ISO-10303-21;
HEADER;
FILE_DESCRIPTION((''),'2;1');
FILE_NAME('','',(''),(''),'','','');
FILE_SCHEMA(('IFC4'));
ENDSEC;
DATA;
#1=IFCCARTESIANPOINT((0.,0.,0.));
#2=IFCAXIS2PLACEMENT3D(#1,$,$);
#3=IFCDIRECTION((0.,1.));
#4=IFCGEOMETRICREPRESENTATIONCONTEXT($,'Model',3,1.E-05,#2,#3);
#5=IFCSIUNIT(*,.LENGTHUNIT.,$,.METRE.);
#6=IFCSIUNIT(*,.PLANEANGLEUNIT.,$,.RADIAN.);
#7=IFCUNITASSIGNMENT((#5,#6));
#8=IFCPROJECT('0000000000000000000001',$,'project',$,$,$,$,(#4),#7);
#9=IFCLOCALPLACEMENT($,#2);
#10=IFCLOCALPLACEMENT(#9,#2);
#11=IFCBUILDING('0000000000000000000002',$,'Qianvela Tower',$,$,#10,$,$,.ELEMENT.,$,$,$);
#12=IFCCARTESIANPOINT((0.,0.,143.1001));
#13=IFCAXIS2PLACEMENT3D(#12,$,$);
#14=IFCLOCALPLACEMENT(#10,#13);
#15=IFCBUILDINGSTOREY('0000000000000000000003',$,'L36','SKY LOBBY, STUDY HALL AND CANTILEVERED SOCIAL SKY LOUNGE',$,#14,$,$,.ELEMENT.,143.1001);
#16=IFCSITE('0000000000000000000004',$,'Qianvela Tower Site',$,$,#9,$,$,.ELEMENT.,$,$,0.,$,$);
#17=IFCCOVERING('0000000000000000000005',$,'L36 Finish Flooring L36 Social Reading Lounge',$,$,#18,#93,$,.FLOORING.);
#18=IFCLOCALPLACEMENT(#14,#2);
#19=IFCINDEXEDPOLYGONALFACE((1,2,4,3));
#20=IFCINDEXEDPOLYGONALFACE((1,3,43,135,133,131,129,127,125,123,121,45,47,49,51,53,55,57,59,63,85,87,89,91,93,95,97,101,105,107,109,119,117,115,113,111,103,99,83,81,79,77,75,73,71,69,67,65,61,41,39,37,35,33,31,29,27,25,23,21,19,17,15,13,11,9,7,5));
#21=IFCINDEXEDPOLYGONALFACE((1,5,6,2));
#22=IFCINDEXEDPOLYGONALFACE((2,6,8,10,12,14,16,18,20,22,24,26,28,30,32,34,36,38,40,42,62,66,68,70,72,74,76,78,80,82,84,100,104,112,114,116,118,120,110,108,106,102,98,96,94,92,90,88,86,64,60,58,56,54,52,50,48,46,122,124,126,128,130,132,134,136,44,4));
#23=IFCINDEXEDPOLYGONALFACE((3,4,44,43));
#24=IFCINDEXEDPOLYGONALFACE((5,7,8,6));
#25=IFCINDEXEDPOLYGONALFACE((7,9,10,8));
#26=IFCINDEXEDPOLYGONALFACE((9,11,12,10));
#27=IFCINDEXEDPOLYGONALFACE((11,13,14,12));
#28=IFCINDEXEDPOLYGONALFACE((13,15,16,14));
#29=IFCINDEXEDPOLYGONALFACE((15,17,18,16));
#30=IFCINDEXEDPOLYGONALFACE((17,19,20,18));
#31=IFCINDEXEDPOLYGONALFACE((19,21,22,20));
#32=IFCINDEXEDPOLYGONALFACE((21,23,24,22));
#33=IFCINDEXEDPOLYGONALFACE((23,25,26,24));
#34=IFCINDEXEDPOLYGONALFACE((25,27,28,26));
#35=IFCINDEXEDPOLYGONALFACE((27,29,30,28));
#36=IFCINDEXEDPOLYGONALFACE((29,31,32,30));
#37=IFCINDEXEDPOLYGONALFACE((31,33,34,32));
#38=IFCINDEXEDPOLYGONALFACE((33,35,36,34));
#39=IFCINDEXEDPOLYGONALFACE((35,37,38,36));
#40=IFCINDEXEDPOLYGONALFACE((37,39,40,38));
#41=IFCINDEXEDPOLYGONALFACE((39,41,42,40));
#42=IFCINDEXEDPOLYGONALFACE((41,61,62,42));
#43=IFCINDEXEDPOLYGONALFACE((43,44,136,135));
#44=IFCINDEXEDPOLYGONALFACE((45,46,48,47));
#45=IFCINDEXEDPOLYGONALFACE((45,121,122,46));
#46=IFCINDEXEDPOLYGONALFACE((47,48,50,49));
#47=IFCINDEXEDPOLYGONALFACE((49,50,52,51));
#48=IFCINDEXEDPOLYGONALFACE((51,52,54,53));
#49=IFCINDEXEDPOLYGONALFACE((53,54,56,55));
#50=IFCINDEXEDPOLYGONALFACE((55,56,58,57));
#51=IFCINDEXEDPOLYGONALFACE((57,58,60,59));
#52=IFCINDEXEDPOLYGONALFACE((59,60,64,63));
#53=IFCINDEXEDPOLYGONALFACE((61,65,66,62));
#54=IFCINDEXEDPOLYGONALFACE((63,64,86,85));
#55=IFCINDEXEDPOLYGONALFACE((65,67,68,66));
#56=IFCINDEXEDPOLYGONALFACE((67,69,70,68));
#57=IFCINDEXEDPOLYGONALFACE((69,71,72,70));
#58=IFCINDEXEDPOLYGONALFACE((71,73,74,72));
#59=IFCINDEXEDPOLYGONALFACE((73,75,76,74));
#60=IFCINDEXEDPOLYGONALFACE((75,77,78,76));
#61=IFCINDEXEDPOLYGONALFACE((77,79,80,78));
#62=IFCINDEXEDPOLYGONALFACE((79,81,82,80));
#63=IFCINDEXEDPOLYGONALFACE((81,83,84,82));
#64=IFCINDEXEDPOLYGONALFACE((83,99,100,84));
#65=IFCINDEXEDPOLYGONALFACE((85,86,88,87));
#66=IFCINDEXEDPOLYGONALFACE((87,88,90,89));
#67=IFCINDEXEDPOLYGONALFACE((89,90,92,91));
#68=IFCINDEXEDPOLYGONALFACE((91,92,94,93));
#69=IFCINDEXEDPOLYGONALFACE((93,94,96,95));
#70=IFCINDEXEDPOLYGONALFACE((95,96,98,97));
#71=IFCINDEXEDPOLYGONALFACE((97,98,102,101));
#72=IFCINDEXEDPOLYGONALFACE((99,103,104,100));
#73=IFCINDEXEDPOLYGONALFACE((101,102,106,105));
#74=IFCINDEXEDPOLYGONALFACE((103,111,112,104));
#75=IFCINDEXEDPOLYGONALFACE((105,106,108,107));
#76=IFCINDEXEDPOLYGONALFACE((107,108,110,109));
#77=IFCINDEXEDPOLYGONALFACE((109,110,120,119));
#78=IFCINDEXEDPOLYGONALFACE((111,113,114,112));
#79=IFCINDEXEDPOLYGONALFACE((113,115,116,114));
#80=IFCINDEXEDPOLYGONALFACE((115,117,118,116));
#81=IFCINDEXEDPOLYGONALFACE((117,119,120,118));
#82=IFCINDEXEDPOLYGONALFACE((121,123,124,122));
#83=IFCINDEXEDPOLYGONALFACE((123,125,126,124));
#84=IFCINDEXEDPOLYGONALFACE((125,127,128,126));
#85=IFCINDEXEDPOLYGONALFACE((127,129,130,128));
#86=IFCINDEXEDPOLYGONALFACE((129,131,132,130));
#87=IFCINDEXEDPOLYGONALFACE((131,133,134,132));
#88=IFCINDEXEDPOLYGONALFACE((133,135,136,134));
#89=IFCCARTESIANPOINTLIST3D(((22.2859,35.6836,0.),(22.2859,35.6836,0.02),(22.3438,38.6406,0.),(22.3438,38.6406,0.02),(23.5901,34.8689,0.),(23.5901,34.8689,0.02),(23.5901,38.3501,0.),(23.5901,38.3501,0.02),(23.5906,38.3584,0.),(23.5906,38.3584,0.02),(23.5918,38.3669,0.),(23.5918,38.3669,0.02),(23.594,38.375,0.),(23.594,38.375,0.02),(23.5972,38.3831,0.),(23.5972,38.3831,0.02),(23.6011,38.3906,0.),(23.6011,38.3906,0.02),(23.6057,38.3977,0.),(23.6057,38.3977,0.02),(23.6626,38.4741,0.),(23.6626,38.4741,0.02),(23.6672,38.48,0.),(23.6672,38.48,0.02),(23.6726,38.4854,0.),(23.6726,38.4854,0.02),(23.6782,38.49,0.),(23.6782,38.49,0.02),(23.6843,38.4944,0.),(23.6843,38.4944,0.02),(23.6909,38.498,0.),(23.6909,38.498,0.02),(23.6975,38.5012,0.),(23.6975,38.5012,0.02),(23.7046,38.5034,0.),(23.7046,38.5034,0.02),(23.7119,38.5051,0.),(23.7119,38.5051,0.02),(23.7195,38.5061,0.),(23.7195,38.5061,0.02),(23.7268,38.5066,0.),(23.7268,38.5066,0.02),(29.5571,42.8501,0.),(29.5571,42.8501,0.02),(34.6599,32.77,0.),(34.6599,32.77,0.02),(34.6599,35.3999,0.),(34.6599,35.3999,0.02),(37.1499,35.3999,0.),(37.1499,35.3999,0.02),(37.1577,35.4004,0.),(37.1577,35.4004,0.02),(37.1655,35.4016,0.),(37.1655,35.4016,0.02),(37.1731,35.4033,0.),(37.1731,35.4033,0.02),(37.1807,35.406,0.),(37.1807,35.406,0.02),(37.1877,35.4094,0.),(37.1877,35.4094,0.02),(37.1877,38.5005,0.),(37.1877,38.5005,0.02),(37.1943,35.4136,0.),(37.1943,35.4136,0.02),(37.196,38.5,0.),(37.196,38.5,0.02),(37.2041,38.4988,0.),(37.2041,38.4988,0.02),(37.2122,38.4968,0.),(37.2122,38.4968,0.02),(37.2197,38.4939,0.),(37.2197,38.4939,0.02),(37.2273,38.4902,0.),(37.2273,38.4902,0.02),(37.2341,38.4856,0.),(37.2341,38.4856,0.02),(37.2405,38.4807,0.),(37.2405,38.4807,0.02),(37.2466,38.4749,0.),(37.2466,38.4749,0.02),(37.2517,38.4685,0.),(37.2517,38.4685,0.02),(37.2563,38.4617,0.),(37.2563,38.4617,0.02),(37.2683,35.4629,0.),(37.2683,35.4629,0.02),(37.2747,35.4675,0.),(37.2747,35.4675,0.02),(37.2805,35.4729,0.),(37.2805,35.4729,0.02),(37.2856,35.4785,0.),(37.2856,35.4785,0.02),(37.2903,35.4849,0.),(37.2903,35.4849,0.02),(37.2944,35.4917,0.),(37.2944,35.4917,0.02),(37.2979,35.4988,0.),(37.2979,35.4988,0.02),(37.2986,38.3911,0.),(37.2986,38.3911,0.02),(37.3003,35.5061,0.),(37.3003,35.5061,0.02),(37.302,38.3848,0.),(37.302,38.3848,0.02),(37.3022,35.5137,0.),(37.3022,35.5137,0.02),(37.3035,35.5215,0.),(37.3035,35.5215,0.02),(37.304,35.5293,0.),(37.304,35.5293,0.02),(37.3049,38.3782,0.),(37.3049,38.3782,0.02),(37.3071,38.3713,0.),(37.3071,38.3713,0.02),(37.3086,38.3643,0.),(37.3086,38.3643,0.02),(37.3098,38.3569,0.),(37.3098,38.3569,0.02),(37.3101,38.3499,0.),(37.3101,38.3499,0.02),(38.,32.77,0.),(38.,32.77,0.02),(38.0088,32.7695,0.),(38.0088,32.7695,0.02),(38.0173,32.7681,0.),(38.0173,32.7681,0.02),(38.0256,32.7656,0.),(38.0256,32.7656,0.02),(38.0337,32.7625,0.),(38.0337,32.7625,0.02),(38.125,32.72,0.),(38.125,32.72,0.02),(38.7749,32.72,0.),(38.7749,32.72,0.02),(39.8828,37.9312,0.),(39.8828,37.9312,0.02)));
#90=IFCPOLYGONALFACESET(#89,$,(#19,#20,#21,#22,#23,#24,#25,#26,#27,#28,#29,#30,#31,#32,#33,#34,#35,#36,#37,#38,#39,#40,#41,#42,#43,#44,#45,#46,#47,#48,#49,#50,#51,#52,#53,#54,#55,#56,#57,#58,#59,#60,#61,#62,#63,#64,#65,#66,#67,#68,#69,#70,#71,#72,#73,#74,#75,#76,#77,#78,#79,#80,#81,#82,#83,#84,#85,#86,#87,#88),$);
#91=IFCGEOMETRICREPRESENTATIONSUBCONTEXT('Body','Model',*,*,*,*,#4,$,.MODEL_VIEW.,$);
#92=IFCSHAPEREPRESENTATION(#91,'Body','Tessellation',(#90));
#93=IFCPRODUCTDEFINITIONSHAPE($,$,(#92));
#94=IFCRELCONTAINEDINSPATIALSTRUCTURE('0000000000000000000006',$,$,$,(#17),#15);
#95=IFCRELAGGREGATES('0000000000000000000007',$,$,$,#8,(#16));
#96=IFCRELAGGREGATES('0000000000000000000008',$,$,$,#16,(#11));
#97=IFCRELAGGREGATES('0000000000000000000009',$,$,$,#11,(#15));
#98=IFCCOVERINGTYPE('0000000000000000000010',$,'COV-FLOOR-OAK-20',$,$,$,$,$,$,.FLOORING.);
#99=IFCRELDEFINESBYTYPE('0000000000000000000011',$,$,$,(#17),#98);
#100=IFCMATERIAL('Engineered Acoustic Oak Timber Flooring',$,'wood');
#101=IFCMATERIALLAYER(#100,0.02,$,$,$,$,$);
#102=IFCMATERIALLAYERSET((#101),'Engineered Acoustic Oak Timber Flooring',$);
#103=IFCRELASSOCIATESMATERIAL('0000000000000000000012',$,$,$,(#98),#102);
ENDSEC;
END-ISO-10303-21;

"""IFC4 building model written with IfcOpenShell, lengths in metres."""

from ifc_helpers import new_model, si_unit, direction, frame, origin, place, context, subcontext, project, spatial, polyline, outline, extrude, material, layer, layer_set, type_object, element, save


model = new_model("IFC4")

# Units and contexts
model_context = context("Model", 3, precision=1e-05, world=origin(), true_north=direction((0.0, 1.0)))
body_context = subcontext(model_context, "Body", "Model", "MODEL_VIEW")
ifc_project = project(units=[si_unit("LENGTHUNIT", "METRE"), si_unit("PLANEANGLEUNIT", "RADIAN")], contexts=[model_context])

# Site, building, storey
site_placement = place(None, origin())
site = spatial("IfcSite", under=ifc_project, at=site_placement, Name="Qianvela Tower Site", CompositionType="ELEMENT", RefElevation=0.0)
building_placement = place(site_placement, origin())
building = spatial("IfcBuilding", under=site, at=building_placement, Name="Qianvela Tower", CompositionType="ELEMENT")
storey_placement = place(building_placement, frame((0.0, 0.0, 143.1001)))
storey = spatial("IfcBuildingStorey", under=building, at=storey_placement, Name="L36", Description="SKY LOBBY, STUDY HALL AND CANTILEVERED SOCIAL SKY LOUNGE", CompositionType="ELEMENT", Elevation=143.1001)

# Covering
ifc_material_1 = material(Name="Engineered Acoustic Oak Timber Flooring", Category="wood")
ifc_layer_1 = layer(ifc_material_1, 0.02)
ifc_layer_set_1 = layer_set([ifc_layer_1], Name="Engineered Acoustic Oak Timber Flooring")
covering_type_1 = type_object("IfcCoveringType", Name="COV-FLOOR-OAK-20", PredefinedType="FLOORING", material=ifc_layer_set_1)
covering_1_placement = place(storey_placement, origin())
element("IfcCovering", 1, at=covering_1_placement, inside=storey, type_object=covering_type_1, Name="L36 Finish Flooring L36 Social Reading Lounge", PredefinedType="FLOORING", context=body_context, shape_type="SweptSolid", body=[
    extrude(outline(polyline([(39.8828, 37.9312), (38.7749, 32.72), (38.125, 32.72), (38.0337, 32.7625), (38.0256, 32.7656), (38.0173, 32.7681), (38.0088, 32.7695), (38.0, 32.77), (34.6599, 32.77), (34.6599, 35.3999), (37.1499, 35.3999), (37.1577, 35.4004), (37.1655, 35.4016), (37.1731, 35.4033), (37.1807, 35.406), (37.1877, 35.4094), (37.1943, 35.4136), (37.2683, 35.4629), (37.2747, 35.4675), (37.2805, 35.4729), (37.2856, 35.4785), (37.2903, 35.4849), (37.2944, 35.4917), (37.2979, 35.4988), (37.3003, 35.5061), (37.3022, 35.5137), (37.3035, 35.5215), (37.304, 35.5293), (37.3101, 38.3499), (37.3098, 38.3569), (37.3086, 38.3643), (37.3071, 38.3713), (37.3049, 38.3782), (37.302, 38.3848), (37.2986, 38.3911), (37.2563, 38.4617), (37.2517, 38.4685), (37.2466, 38.4749), (37.2405, 38.4807), (37.2341, 38.4856), (37.2273, 38.4902), (37.2197, 38.4939), (37.2122, 38.4968), (37.2041, 38.4988), (37.196, 38.5), (37.1877, 38.5005), (23.7268, 38.5066), (23.7195, 38.5061), (23.7119, 38.5051), (23.7046, 38.5034), (23.6975, 38.5012), (23.6909, 38.498), (23.6843, 38.4944), (23.6782, 38.49), (23.6726, 38.4854), (23.6672, 38.48), (23.6626, 38.4741), (23.6057, 38.3977), (23.6011, 38.3906), (23.5972, 38.3831), (23.594, 38.375), (23.5918, 38.3669), (23.5906, 38.3584), (23.5901, 38.3501), (23.5901, 34.8689), (22.2859, 35.6836), (22.3438, 38.6406), (29.5571, 42.8501), (39.8828, 37.9312)])), origin(), (0.0, 0.0, 1.0), 0.02),
])

save(model, "model.ifc")
